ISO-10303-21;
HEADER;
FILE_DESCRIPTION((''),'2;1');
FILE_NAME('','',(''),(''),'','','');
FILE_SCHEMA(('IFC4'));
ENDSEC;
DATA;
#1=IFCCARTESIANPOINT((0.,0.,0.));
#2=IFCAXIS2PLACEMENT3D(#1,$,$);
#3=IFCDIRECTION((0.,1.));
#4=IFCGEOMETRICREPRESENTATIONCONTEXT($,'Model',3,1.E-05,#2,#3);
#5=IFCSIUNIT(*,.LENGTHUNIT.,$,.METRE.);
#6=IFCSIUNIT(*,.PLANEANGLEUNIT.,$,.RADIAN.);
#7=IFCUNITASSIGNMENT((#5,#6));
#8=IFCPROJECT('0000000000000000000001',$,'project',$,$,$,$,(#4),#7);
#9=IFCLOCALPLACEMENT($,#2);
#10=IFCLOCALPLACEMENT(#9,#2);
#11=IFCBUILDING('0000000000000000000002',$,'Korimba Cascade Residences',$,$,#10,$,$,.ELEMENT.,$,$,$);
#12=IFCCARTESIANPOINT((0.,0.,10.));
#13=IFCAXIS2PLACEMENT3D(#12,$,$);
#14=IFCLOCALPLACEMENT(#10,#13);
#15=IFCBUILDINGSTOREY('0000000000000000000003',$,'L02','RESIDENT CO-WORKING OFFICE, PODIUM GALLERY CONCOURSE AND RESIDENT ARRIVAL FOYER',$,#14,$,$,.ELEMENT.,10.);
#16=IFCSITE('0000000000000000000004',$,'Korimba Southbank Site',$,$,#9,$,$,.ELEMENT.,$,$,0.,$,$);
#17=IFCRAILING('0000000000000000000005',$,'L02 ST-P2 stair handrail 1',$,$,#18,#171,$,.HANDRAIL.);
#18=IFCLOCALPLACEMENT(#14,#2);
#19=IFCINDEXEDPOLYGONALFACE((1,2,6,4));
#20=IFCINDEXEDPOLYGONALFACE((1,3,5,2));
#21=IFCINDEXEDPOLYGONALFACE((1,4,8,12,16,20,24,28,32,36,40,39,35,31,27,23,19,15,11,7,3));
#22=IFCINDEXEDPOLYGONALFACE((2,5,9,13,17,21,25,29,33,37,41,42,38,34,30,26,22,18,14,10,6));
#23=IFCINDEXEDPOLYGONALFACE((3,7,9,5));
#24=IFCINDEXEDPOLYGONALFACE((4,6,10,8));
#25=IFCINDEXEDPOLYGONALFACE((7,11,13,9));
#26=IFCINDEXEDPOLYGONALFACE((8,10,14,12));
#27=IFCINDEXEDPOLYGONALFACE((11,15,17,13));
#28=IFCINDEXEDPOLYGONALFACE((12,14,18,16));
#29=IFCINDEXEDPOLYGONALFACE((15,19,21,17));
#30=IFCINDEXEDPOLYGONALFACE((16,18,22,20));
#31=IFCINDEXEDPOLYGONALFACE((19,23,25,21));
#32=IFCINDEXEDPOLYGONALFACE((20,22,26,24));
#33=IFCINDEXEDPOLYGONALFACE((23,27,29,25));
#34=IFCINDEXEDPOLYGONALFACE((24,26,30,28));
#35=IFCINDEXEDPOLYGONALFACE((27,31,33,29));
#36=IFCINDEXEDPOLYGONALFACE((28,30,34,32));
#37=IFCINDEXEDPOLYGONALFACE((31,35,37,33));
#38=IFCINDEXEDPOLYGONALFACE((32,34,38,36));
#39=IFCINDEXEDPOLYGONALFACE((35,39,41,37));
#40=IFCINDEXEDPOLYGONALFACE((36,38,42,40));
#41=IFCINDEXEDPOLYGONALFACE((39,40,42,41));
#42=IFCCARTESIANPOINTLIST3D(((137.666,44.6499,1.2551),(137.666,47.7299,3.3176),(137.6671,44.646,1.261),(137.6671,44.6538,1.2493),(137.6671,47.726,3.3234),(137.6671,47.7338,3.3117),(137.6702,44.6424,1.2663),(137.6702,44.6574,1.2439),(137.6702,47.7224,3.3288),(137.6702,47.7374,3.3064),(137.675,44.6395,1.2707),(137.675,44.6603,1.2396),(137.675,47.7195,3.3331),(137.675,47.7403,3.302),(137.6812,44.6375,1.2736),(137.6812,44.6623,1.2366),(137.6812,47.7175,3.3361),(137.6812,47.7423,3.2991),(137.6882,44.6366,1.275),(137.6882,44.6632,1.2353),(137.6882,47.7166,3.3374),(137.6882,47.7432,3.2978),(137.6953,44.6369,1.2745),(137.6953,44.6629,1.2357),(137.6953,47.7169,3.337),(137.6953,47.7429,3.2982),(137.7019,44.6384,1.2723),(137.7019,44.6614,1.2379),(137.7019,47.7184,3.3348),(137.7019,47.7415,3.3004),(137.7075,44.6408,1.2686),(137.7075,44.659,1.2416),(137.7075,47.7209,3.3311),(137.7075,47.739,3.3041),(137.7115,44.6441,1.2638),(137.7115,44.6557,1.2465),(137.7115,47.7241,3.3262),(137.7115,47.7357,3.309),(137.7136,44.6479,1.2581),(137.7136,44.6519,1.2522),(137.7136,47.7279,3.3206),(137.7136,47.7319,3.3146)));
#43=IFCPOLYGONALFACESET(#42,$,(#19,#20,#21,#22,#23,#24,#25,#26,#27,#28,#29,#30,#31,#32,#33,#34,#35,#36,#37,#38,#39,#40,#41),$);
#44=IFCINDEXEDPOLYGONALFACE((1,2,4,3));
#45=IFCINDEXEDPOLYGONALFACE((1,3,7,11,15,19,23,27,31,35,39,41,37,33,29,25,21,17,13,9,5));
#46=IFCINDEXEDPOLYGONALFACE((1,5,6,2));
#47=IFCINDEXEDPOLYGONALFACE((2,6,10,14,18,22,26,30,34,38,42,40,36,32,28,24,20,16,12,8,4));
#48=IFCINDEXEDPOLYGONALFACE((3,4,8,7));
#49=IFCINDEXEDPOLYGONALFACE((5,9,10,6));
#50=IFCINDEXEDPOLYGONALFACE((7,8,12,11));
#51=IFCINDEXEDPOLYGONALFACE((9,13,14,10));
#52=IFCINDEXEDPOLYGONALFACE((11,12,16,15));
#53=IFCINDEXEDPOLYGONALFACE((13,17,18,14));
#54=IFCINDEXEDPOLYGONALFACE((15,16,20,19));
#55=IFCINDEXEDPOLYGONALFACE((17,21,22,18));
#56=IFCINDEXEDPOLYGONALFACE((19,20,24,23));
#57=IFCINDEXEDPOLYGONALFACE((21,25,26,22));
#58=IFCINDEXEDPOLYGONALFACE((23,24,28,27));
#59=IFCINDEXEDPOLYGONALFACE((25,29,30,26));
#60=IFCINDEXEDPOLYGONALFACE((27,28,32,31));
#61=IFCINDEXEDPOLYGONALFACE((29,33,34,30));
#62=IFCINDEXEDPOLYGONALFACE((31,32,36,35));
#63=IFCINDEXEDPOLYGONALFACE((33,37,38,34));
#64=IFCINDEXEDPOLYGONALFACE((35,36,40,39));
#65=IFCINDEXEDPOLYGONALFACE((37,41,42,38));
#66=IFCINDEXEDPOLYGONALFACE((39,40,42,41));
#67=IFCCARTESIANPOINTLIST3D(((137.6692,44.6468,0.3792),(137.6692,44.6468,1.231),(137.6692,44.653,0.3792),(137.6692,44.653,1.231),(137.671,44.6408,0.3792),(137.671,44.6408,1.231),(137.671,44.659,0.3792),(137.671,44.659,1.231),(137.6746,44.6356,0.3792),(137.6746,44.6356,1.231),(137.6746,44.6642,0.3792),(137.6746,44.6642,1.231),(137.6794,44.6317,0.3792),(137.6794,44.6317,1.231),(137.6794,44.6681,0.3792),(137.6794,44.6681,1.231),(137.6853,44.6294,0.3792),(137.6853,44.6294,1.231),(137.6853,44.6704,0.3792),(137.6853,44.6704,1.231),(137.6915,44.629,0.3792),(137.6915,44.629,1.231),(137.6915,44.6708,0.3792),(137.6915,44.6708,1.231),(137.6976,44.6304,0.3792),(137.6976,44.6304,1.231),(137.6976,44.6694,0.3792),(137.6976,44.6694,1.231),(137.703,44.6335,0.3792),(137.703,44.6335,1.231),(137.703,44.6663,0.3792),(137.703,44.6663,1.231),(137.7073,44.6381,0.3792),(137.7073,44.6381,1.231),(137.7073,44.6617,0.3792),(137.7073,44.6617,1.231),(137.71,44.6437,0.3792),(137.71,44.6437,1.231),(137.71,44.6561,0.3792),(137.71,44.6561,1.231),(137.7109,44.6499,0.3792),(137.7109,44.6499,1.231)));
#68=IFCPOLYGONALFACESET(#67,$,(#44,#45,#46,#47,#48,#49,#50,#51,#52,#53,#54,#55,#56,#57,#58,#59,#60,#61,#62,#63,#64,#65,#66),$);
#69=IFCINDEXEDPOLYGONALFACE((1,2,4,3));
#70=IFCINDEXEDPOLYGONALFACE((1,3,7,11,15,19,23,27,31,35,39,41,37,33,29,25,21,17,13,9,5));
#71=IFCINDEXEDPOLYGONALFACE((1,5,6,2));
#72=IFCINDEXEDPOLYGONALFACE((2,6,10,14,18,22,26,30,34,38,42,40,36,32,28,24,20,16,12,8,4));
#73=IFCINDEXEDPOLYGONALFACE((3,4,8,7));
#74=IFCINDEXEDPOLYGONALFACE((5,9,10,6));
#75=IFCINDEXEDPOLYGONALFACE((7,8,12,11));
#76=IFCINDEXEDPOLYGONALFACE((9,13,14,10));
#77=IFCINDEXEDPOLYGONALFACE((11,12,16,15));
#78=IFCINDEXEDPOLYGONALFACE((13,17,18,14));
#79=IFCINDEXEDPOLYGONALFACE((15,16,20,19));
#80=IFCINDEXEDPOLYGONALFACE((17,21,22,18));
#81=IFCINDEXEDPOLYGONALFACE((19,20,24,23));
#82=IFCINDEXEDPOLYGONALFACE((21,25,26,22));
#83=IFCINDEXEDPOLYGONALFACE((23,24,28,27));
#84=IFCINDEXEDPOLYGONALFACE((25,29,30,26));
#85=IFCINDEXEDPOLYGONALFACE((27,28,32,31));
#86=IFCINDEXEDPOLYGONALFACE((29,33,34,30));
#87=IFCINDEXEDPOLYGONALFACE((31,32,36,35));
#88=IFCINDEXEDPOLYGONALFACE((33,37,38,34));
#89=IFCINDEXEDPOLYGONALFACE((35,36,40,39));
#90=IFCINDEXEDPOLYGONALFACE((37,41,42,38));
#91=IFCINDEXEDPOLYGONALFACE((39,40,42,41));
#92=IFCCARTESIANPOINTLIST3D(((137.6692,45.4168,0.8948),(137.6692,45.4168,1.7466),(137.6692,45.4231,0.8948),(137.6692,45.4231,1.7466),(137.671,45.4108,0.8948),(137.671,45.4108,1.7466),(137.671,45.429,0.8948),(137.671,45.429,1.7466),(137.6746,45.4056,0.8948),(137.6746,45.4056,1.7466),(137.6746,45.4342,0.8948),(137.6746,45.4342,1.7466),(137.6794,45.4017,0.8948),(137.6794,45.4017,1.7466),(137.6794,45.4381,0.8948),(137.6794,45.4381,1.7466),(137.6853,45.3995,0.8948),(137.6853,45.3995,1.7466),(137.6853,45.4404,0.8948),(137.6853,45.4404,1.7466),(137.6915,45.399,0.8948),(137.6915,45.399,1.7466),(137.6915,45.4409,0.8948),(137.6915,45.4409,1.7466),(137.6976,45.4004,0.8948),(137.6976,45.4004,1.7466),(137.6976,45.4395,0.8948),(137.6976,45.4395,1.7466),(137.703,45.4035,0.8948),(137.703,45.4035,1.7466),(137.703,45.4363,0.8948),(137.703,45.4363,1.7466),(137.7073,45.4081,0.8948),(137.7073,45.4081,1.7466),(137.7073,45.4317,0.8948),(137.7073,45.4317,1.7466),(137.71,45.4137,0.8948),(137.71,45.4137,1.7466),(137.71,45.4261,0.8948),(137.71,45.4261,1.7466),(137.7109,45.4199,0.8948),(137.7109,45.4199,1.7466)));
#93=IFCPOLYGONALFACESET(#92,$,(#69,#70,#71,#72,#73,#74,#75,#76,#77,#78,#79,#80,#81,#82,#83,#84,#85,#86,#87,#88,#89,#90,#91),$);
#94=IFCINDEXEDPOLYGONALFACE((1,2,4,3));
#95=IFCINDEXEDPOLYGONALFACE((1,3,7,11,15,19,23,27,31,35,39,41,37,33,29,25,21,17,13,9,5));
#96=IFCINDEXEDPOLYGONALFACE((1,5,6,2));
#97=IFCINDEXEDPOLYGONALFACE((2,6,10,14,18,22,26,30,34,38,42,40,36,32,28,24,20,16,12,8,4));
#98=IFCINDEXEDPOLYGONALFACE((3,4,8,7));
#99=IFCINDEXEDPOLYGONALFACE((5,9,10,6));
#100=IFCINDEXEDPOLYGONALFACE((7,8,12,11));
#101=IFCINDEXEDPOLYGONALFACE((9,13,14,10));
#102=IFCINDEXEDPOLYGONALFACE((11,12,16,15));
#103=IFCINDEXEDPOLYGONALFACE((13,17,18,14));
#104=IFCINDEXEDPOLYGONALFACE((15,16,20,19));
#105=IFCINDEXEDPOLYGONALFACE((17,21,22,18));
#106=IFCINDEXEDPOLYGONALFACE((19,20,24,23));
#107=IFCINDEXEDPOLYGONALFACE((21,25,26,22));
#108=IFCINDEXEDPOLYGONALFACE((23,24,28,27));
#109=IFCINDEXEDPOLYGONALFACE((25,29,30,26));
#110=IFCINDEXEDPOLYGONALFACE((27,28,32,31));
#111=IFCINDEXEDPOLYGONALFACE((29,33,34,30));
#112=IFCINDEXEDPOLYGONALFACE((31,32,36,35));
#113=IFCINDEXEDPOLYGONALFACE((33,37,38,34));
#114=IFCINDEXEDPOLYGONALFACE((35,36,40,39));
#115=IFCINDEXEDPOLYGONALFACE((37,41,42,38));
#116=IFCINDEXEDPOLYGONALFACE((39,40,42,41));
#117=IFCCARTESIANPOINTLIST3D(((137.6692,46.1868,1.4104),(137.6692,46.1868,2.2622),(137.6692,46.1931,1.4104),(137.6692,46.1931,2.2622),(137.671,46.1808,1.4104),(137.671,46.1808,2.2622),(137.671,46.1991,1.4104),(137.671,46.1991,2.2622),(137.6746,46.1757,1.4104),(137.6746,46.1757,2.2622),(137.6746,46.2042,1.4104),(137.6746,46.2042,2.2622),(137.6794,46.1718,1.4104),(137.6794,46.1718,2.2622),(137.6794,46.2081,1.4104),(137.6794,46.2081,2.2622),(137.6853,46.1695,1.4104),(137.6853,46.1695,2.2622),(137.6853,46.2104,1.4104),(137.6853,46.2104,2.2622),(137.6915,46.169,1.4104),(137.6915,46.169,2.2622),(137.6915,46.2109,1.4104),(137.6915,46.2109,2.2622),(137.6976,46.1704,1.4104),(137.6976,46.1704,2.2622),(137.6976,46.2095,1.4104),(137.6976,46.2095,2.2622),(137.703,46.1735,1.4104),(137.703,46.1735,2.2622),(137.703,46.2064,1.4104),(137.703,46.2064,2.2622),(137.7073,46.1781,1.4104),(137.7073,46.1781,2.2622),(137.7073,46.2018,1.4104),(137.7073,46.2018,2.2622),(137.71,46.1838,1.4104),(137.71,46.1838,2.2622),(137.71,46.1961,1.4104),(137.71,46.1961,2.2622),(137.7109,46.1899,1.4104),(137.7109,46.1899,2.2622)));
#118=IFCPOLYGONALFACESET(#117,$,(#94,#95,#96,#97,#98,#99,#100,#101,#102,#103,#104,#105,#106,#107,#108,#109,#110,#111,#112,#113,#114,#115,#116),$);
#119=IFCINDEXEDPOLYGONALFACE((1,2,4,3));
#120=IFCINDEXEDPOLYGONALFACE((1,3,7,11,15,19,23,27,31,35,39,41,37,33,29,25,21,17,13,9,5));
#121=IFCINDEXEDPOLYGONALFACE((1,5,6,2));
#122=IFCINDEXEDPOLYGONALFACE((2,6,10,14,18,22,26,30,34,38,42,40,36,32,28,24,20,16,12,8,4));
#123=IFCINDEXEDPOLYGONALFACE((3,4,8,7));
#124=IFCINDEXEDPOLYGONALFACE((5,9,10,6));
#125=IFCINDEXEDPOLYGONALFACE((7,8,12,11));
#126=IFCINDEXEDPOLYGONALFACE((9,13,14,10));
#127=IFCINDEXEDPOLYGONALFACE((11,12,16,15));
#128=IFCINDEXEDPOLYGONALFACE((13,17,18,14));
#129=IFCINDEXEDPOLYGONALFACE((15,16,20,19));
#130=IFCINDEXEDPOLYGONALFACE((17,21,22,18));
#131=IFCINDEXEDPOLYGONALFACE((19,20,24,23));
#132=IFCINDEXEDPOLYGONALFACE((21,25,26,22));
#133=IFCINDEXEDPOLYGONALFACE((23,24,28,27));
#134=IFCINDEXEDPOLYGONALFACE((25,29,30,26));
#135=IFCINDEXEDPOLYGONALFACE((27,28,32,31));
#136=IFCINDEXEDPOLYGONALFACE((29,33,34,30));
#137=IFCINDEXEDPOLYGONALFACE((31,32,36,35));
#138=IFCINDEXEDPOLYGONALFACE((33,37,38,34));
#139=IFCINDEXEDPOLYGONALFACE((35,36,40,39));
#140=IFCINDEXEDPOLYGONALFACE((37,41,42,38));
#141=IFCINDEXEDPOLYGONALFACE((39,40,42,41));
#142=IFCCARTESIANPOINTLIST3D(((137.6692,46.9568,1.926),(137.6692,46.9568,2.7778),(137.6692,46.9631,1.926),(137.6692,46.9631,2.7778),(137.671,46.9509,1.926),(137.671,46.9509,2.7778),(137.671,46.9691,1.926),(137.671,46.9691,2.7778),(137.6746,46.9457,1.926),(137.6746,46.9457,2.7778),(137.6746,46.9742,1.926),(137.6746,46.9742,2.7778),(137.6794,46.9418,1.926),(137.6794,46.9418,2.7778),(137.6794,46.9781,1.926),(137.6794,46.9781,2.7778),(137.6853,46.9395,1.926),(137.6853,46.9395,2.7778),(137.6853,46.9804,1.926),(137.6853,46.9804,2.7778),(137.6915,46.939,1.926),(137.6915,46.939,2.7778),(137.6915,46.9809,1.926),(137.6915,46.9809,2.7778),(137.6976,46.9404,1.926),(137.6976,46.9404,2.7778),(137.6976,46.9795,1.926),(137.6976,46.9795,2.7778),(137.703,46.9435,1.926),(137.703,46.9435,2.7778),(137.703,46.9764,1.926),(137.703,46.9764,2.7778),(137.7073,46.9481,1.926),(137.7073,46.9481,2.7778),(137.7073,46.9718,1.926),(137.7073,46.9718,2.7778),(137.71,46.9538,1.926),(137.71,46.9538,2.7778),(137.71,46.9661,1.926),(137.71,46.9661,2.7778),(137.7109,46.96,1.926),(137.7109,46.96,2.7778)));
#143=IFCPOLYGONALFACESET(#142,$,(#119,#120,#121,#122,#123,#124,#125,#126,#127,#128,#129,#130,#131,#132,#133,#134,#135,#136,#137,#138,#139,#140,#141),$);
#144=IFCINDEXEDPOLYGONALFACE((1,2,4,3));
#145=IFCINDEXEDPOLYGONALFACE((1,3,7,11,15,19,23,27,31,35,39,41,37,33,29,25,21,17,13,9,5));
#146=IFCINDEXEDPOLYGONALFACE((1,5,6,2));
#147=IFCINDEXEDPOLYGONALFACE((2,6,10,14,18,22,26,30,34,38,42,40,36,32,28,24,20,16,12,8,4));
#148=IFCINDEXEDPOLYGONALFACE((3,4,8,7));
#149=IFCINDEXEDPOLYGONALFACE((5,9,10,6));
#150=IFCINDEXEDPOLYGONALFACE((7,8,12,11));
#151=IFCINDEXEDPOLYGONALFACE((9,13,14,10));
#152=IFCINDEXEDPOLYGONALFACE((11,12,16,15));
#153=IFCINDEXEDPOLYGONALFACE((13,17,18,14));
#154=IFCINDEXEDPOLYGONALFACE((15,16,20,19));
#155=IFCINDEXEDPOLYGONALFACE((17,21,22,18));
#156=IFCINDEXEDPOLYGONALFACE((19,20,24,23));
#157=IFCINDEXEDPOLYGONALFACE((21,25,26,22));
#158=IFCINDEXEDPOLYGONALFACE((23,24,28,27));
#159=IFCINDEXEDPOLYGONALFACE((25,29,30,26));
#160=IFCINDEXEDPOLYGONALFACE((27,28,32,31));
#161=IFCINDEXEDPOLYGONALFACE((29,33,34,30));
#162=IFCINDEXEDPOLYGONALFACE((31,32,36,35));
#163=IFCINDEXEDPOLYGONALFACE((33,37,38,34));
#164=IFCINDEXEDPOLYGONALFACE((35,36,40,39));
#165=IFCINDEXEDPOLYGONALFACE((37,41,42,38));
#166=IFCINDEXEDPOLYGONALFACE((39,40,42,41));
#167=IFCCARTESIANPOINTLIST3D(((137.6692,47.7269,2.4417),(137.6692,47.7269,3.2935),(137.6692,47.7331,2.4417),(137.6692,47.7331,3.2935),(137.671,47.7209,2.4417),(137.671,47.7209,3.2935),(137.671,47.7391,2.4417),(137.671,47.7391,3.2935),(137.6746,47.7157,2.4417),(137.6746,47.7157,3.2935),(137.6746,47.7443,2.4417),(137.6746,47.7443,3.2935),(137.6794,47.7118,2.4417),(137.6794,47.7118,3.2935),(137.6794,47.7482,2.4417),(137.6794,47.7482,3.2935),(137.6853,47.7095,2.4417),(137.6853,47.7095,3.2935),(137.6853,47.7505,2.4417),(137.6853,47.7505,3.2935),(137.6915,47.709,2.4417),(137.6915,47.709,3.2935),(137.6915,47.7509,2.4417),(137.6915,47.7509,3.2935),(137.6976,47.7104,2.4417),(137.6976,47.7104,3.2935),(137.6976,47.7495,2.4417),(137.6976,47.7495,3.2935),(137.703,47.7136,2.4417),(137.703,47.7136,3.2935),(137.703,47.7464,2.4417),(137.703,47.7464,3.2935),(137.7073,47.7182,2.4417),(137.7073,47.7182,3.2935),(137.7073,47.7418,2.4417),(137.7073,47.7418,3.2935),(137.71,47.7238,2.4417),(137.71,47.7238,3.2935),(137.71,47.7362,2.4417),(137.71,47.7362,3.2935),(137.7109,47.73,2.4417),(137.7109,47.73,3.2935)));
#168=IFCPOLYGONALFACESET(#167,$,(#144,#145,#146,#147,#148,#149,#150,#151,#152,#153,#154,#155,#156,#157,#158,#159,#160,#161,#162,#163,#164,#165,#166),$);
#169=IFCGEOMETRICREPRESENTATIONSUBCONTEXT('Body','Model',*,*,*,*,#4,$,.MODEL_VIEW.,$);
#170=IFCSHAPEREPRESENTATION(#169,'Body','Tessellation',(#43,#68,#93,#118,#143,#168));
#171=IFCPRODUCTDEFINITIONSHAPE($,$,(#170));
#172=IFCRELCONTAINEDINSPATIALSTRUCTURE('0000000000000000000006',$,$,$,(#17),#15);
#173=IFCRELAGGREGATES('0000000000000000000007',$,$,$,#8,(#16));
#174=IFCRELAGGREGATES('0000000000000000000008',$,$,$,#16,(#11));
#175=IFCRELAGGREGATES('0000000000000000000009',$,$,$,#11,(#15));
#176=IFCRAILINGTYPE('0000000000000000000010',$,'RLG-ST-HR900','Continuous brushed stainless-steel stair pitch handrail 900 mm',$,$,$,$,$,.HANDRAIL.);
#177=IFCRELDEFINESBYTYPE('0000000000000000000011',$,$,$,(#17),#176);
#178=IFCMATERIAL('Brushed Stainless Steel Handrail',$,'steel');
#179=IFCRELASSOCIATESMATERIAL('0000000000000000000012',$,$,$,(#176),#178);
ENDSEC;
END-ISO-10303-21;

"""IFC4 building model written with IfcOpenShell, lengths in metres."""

from ifc_helpers import new_model, si_unit, direction, frame, origin, origin_2d, place, context, subcontext, project, spatial, circle, extrude, material, type_object, element, save


model = new_model("IFC4")

# Units and contexts
model_context = context("Model", 3, precision=1e-05, world=origin(), true_north=direction((0.0, 1.0)))
body_context = subcontext(model_context, "Body", "Model", "MODEL_VIEW")
ifc_project = project(units=[si_unit("LENGTHUNIT", "METRE"), si_unit("PLANEANGLEUNIT", "RADIAN")], contexts=[model_context])

# Site, building, storey
site_placement = place(None, origin())
site = spatial("IfcSite", under=ifc_project, at=site_placement, Name="Korimba Southbank Site", CompositionType="ELEMENT", RefElevation=0.0)
building_placement = place(site_placement, origin())
building = spatial("IfcBuilding", under=site, at=building_placement, Name="Korimba Cascade Residences", CompositionType="ELEMENT")
storey_placement = place(building_placement, frame((0.0, 0.0, 10.0)))
storey = spatial("IfcBuildingStorey", under=building, at=storey_placement, Name="L02", Description="RESIDENT CO-WORKING OFFICE, PODIUM GALLERY CONCOURSE AND RESIDENT ARRIVAL FOYER", CompositionType="ELEMENT", Elevation=10.0)

# Railing
ifc_material_1 = material(Name="Brushed Stainless Steel Handrail", Category="steel")
railing_type_1 = type_object("IfcRailingType", Name="RLG-ST-HR900", Description="Continuous brushed stainless-steel stair pitch handrail 900 mm", PredefinedType="HANDRAIL", material=ifc_material_1)
for number, where, name in (
    (1, (137.6899, 44.6499, 0.3792), "L02 ST-P2 stair handrail 1"),
):
    element("IfcRailing", number, at=place(storey_placement, frame(where)), inside=storey, type_object=railing_type_1, Name=name, PredefinedType="HANDRAIL", context=body_context, shape_type="SweptSolid", body=[
        extrude(circle(Radius=0.0239, at=origin_2d()), frame((0.0, 0.0, 0.876), z_axis=(0.0, 0.830914, 0.556401), x_axis=(-1.0, 0.0, 0.0)), (0.0, 0.0, 1.0), 3.7068),
        extrude(circle(Radius=0.021, at=origin_2d()), origin(), (0.0, 0.0, 1.0), 0.8518),
        extrude(circle(Radius=0.021, at=origin_2d()), frame((0.0, 0.77, 0.5156)), (0.0, 0.0, 1.0), 0.8518),
        extrude(circle(Radius=0.021, at=origin_2d()), frame((0.0, 1.54, 1.0312)), (0.0, 0.0, 1.0), 0.8518),
        extrude(circle(Radius=0.021, at=origin_2d()), frame((0.0, 2.3101, 1.5469)), (0.0, 0.0, 1.0), 0.8518),
        extrude(circle(Radius=0.021, at=origin_2d()), frame((0.0, 3.0801, 2.0625)), (0.0, 0.0, 1.0), 0.8518),
    ])

save(model, "model.ifc")
